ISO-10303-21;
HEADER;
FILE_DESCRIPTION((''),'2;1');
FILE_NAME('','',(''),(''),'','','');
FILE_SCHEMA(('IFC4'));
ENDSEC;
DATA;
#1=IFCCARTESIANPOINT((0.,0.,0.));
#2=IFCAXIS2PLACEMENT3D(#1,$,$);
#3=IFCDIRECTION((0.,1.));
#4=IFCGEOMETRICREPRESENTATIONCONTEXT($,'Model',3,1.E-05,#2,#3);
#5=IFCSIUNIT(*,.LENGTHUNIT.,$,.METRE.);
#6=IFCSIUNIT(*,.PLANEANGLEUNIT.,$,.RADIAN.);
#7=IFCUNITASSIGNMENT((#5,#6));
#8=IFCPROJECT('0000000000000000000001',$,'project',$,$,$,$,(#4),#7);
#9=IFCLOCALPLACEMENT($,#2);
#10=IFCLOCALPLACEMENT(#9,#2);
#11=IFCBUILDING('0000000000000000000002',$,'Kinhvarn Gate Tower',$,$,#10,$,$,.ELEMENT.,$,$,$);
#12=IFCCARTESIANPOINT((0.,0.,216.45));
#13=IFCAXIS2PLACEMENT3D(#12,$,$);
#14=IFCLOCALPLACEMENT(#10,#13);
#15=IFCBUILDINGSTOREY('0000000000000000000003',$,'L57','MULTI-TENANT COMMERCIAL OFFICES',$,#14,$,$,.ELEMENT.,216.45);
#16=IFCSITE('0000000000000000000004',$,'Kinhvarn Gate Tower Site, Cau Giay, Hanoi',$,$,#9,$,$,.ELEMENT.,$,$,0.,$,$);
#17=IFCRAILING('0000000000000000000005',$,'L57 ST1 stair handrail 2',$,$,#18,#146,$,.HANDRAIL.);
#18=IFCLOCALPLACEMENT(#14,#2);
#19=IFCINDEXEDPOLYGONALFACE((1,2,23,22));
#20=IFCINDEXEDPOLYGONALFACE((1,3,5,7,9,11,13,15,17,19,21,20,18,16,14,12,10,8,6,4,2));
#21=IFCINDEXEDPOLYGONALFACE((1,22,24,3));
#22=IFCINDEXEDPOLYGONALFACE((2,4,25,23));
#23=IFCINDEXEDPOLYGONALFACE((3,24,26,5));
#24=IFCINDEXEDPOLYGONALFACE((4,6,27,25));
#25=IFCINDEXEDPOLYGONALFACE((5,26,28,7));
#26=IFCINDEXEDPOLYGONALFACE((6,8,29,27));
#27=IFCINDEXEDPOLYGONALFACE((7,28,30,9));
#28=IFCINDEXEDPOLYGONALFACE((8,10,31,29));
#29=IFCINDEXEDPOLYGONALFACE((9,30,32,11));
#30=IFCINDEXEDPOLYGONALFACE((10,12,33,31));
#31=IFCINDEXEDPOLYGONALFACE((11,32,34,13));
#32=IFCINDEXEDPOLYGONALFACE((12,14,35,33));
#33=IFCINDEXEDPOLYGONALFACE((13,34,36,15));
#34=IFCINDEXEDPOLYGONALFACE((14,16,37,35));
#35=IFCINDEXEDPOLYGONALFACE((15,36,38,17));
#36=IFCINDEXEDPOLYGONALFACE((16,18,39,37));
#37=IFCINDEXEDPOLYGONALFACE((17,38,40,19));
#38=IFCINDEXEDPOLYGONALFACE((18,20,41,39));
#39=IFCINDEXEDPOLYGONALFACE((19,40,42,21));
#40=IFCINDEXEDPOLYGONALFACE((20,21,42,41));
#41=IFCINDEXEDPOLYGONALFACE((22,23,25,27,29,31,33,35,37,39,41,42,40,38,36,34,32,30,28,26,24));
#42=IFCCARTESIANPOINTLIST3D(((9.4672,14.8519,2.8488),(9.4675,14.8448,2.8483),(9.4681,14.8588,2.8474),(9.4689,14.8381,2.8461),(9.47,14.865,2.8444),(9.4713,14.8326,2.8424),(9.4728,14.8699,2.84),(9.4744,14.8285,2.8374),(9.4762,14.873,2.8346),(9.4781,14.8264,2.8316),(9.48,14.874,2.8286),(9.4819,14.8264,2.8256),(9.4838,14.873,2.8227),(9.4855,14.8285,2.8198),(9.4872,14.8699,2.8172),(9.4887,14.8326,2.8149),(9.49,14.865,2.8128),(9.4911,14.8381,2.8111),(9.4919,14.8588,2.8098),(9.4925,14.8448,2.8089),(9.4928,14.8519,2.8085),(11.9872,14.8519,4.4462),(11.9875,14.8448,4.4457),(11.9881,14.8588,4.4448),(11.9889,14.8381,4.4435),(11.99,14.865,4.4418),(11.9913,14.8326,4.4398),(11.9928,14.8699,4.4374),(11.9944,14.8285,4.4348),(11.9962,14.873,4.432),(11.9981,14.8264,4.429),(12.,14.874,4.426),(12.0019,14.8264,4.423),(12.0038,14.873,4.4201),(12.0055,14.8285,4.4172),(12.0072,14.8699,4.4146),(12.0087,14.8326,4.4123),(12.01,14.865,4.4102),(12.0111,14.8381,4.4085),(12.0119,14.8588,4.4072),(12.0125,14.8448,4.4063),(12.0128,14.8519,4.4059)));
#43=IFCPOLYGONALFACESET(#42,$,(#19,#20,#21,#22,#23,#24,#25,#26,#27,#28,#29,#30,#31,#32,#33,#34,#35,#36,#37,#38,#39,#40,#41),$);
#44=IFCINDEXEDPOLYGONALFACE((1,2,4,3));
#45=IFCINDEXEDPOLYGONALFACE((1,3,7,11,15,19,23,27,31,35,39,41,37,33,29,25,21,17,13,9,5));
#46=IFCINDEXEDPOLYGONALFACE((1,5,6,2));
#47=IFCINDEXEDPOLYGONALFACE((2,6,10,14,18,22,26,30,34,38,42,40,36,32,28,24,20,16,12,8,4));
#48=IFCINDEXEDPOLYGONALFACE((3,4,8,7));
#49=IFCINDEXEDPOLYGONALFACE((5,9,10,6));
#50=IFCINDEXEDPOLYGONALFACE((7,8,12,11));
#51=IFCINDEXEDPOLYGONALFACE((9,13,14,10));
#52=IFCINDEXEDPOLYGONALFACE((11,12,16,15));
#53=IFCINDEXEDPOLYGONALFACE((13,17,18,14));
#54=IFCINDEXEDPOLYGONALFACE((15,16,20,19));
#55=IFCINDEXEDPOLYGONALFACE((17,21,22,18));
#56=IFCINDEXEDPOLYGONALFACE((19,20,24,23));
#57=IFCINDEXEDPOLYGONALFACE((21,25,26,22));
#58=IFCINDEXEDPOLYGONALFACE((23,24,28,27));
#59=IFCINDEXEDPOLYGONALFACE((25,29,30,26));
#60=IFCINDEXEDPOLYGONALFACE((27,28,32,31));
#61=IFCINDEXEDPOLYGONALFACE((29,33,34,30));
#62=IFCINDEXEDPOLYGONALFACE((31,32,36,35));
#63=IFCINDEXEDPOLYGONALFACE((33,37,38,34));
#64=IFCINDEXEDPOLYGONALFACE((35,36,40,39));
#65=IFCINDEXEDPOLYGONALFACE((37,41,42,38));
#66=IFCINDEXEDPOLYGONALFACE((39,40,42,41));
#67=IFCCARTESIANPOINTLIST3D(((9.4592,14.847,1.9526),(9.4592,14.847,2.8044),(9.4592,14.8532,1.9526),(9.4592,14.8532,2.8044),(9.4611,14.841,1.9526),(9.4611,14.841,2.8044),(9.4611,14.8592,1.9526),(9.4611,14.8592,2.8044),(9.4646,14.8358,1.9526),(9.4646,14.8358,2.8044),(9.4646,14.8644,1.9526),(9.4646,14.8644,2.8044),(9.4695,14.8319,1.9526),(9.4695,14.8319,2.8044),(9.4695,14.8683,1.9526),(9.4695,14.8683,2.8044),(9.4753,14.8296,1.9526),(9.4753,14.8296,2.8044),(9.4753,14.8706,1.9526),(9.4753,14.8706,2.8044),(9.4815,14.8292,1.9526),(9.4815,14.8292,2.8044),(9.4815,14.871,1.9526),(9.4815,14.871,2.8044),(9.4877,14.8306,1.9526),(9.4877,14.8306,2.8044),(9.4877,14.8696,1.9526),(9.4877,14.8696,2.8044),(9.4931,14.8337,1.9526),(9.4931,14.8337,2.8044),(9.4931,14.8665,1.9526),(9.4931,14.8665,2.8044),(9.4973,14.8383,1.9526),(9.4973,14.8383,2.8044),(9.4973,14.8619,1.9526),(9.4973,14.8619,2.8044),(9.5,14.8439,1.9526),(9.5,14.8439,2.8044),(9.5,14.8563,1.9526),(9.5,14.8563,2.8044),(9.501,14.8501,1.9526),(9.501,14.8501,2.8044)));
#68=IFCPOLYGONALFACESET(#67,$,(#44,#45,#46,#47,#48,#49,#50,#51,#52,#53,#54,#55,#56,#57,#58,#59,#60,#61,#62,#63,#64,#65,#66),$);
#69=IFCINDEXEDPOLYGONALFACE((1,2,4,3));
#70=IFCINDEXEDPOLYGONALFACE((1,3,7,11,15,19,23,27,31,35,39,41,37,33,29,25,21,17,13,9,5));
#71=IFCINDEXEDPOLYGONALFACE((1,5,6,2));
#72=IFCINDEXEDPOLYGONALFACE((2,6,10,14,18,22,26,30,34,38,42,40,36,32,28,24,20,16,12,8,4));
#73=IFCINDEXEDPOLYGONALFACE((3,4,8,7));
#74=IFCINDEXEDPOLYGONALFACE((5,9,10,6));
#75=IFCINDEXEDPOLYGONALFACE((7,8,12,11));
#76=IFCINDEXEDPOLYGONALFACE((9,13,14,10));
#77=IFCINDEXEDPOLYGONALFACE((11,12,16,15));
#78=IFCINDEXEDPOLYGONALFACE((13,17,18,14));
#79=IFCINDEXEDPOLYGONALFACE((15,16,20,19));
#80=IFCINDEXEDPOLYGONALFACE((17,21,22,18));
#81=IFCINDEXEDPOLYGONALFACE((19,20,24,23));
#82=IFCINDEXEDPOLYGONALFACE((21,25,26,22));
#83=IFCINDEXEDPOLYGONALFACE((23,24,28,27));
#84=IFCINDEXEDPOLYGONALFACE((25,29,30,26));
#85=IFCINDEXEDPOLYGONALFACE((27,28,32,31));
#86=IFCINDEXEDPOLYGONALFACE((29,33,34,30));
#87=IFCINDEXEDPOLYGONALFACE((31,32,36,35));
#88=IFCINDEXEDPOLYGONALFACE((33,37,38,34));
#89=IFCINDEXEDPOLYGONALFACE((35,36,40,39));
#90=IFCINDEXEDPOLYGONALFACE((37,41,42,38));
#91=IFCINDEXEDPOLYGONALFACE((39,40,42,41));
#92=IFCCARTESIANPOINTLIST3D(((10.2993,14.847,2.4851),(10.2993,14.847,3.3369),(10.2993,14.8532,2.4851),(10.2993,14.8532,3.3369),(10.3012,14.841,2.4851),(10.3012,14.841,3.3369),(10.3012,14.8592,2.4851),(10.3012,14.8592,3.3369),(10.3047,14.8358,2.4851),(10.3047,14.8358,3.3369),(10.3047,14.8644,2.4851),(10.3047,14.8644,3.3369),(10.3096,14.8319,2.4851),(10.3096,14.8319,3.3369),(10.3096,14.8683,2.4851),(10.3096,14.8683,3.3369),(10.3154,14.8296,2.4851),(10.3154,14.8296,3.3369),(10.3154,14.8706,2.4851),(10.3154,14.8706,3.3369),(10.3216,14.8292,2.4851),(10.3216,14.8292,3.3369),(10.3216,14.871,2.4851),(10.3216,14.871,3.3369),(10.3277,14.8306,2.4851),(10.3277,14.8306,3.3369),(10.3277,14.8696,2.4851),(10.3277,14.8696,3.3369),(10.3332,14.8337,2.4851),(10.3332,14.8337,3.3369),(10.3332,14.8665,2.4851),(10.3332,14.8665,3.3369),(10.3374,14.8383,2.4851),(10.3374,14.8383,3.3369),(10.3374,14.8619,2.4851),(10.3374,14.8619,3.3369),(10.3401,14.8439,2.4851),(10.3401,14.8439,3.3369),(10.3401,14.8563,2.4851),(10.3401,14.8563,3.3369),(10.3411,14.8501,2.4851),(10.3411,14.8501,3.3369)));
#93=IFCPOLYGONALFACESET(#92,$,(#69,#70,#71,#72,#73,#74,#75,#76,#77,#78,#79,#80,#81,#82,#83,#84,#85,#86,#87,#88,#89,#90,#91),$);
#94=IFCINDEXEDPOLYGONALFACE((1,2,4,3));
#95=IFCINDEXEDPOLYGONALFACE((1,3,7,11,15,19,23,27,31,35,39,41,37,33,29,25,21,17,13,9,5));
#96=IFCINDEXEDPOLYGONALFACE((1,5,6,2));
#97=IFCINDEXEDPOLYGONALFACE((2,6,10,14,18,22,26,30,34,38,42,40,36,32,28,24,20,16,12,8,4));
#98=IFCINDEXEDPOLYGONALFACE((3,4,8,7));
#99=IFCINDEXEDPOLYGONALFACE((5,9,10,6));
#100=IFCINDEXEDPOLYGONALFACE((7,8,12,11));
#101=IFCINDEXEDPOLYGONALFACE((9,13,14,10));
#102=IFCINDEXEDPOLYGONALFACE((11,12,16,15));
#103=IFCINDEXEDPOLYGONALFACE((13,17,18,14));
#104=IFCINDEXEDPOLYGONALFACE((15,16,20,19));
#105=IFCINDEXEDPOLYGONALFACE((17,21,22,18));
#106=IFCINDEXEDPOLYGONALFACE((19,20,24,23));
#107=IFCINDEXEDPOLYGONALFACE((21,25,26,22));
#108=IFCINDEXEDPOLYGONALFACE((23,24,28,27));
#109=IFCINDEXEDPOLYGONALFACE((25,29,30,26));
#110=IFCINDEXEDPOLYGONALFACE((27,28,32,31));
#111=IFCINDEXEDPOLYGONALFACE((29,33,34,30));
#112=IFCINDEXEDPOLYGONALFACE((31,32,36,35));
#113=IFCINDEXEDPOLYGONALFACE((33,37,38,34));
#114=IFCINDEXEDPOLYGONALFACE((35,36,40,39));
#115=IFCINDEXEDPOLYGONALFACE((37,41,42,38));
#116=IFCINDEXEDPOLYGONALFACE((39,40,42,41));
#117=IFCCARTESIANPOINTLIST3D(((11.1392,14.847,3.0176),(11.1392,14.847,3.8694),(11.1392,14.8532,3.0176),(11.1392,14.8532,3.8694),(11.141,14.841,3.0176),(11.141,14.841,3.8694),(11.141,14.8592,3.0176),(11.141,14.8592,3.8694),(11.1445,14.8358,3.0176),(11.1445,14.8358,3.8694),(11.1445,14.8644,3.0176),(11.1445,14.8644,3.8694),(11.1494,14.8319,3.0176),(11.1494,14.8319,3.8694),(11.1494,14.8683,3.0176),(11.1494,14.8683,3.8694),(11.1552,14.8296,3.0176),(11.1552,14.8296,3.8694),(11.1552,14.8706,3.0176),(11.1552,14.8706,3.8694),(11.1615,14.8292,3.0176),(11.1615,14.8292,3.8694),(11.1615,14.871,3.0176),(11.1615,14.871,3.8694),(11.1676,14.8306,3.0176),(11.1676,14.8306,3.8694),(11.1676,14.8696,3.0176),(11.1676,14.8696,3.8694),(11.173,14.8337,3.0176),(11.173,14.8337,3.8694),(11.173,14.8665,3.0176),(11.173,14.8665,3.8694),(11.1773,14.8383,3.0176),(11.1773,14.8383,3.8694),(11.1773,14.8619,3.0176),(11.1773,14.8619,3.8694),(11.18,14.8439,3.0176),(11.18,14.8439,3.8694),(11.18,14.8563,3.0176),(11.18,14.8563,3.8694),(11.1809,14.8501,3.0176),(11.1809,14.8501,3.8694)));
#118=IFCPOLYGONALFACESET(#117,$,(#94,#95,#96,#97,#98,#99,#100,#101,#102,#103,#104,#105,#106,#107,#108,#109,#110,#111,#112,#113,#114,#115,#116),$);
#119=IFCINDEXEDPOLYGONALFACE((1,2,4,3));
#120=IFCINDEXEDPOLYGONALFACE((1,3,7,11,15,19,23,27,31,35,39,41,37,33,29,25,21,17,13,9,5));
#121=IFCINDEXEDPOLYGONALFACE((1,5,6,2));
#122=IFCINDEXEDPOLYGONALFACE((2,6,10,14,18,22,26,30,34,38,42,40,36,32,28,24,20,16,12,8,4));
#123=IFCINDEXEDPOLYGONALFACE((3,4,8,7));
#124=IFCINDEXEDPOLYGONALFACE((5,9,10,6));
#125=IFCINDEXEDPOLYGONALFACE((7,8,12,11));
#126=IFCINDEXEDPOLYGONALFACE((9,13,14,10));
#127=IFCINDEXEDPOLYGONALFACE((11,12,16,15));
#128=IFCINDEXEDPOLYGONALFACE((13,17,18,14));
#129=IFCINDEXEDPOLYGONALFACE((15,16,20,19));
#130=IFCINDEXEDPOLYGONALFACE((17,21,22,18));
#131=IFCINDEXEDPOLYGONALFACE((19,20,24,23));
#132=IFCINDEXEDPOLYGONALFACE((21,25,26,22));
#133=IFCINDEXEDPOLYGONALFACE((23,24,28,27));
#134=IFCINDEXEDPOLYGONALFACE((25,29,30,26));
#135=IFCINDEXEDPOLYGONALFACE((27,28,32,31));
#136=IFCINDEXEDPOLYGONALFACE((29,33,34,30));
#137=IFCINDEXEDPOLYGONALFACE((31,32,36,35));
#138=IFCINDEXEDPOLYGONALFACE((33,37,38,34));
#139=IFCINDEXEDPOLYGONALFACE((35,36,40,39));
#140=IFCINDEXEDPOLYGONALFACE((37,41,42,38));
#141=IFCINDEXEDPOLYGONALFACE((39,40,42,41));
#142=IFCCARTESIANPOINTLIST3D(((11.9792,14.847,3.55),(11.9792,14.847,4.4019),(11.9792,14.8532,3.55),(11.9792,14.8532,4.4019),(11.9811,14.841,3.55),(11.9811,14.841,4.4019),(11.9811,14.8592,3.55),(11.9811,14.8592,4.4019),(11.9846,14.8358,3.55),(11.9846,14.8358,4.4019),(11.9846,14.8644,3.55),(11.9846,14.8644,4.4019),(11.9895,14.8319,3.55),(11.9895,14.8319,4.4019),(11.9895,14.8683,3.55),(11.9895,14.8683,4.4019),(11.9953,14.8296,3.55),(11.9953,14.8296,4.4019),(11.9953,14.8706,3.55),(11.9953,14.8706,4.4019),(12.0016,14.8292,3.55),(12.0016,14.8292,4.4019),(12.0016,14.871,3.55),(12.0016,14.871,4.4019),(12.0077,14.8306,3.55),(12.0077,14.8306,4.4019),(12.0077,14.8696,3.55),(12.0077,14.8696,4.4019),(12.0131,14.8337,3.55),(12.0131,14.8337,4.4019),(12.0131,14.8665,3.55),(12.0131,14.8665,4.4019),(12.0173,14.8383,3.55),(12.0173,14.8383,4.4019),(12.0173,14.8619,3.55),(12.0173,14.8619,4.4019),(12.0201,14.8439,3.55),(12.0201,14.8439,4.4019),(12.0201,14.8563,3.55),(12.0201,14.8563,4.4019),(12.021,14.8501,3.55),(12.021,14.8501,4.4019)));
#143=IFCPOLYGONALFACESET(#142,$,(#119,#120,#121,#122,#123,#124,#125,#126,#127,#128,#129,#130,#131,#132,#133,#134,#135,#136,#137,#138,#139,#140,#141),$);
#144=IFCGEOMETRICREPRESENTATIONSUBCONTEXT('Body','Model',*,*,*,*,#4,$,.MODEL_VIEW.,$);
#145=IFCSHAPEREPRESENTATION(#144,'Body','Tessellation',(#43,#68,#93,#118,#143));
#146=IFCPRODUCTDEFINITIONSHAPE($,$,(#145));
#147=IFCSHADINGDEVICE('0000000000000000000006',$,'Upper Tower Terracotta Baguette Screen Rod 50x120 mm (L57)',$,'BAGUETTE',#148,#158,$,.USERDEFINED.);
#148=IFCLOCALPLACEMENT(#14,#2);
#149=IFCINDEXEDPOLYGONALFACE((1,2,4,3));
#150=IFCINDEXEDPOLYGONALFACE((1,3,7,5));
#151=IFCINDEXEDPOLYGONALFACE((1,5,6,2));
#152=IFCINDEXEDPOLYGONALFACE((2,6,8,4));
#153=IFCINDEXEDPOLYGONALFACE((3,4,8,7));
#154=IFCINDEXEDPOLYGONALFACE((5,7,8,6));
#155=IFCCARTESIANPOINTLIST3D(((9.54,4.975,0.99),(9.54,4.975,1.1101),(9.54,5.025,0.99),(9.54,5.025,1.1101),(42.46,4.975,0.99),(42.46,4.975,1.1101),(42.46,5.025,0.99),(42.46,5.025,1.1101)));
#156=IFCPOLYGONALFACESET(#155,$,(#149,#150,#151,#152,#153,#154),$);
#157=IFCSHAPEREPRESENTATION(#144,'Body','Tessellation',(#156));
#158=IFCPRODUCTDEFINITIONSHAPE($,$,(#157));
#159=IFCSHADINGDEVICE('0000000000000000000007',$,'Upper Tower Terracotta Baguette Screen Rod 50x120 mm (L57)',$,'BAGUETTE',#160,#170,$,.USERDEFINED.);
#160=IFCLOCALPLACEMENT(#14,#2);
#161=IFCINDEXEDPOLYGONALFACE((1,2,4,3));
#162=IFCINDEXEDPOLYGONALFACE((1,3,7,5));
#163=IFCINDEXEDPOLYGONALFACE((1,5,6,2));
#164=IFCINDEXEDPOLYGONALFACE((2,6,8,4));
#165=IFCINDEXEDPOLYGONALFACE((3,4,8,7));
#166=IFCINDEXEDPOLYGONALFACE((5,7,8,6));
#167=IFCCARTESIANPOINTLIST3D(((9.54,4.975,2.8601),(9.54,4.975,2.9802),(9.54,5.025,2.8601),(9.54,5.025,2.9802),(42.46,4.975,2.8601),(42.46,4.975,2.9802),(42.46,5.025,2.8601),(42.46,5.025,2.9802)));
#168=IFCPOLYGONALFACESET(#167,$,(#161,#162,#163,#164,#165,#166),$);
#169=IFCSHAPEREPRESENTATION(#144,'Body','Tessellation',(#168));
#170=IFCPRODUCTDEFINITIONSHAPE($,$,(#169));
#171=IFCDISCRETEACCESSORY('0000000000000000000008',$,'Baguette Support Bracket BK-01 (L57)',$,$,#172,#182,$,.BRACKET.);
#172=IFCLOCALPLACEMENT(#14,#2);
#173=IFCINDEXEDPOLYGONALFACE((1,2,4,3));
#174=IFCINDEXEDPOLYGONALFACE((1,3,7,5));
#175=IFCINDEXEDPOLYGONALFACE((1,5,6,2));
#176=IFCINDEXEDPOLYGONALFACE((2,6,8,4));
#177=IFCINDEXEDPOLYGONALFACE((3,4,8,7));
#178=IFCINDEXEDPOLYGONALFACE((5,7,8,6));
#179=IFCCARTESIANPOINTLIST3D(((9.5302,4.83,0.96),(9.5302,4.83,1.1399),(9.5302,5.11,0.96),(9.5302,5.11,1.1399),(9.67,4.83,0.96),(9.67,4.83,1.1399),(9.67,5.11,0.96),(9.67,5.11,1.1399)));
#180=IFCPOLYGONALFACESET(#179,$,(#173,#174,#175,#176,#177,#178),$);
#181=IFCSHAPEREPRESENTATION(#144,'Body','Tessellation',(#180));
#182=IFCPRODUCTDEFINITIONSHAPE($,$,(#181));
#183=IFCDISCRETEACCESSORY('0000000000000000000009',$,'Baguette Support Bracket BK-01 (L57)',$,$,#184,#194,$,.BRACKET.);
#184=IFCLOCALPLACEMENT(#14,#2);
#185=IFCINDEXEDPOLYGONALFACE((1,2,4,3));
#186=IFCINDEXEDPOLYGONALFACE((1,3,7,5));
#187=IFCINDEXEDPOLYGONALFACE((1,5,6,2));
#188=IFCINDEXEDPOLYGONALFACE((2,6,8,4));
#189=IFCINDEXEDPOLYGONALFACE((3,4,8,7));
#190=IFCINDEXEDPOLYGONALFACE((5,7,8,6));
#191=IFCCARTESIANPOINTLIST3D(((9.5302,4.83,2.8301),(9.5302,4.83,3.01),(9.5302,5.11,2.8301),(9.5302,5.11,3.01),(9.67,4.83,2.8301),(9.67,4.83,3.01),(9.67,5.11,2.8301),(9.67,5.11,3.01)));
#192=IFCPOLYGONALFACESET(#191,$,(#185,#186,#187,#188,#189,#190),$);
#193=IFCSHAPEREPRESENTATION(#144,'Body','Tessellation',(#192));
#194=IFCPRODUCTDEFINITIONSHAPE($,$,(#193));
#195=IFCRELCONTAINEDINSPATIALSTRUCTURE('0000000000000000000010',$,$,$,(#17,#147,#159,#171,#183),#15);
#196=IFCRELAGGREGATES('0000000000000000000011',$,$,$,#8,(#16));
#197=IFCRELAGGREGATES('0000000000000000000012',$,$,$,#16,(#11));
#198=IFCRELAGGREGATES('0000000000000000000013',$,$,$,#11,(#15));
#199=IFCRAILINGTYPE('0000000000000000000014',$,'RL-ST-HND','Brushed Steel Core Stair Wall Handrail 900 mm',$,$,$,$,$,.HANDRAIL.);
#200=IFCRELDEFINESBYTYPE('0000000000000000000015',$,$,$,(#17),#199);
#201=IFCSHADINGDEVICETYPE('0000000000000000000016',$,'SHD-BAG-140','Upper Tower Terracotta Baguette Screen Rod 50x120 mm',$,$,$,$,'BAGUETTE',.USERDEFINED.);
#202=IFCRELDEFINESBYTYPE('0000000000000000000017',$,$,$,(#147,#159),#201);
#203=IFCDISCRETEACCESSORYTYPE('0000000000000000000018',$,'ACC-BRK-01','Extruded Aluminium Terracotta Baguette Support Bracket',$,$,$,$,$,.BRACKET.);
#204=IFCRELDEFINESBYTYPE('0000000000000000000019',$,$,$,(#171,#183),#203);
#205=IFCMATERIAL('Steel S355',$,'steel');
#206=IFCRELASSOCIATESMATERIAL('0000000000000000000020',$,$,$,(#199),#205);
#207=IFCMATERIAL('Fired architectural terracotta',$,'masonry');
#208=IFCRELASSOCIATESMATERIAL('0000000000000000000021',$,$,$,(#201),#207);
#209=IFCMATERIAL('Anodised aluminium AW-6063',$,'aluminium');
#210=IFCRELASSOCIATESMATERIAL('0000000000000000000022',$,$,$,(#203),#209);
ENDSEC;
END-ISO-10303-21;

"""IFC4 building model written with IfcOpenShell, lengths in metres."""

from ifc_helpers import new_model, si_unit, direction, frame, origin, origin_2d, place, context, subcontext, project, spatial, rectangle, circle, extrude, material, material_profile, profile_set, type_object, element, save


model = new_model("IFC4")

# Units and contexts
model_context = context("Model", 3, precision=1e-05, world=origin(), true_north=direction((0.0, 1.0)))
body_context = subcontext(model_context, "Body", "Model", "MODEL_VIEW")
ifc_project = project(units=[si_unit("LENGTHUNIT", "METRE"), si_unit("PLANEANGLEUNIT", "RADIAN")], contexts=[model_context])

# Site, building, storey
site_placement = place(None, origin())
site = spatial("IfcSite", under=ifc_project, at=site_placement, Name="Kinhvarn Gate Tower Site, Cau Giay, Hanoi", CompositionType="ELEMENT", RefElevation=0.0)
building_placement = place(site_placement, origin())
building = spatial("IfcBuilding", under=site, at=building_placement, Name="Kinhvarn Gate Tower", CompositionType="ELEMENT")
storey_placement = place(building_placement, frame((0.0, 0.0, 216.45)))
storey = spatial("IfcBuildingStorey", under=building, at=storey_placement, Name="L57", Description="MULTI-TENANT COMMERCIAL OFFICES", CompositionType="ELEMENT", Elevation=216.45)

# Shared definitions
ifc_material_1 = material(Name="Anodised aluminium AW-6063", Category="aluminium")

# Shared definitions
ifc_material_2 = material(Name="Steel S355", Category="steel")

# Shared definitions
ifc_material_3 = material(Name="Fired architectural terracotta", Category="masonry")

# Railing
railing_type_1 = type_object("IfcRailingType", Name="RL-ST-HND", Description="Brushed Steel Core Stair Wall Handrail 900 mm", PredefinedType="HANDRAIL", material=ifc_material_2)
railing_1_placement = place(storey_placement, frame((9.48, 14.8501, 1.9526)))
element("IfcRailing", 1, at=railing_1_placement, inside=storey, type_object=railing_type_1, Name="L57 ST1 stair handrail 2", PredefinedType="HANDRAIL", context=body_context, shape_type="SweptSolid", body=[
    extrude(circle(Radius=0.0239, at=origin_2d()), frame((0.0, 0.0, 0.876), z_axis=(0.844607, 0.0, 0.535387), x_axis=(0.0, 1.0, 0.0)), (0.0, 0.0, 1.0), 2.9836),
    extrude(circle(Radius=0.021, at=origin_2d()), origin(), (0.0, 0.0, 1.0), 0.8518),
    extrude(circle(Radius=0.021, at=origin_2d()), frame((0.8401, 0.0, 0.5325)), (0.0, 0.0, 1.0), 0.8518),
    extrude(circle(Radius=0.021, at=origin_2d()), frame((1.6799, 0.0, 1.0649)), (0.0, 0.0, 1.0), 0.8518),
    extrude(circle(Radius=0.021, at=origin_2d()), frame((2.52, 0.0, 1.5974)), (0.0, 0.0, 1.0), 0.8518),
])

# Shading devices
ifc_material_profile_1 = material_profile(ifc_material_3, rectangle(XDim=0.05, YDim=0.1201, at=origin_2d()), Name="TC 50x120")
ifc_profile_set_1 = profile_set([ifc_material_profile_1], Name="Fired architectural terracotta")
shading_device_type = type_object("IfcShadingDeviceType", Name="SHD-BAG-140", Description="Upper Tower Terracotta Baguette Screen Rod 50x120 mm", ElementType="BAGUETTE", PredefinedType="USERDEFINED", material=ifc_profile_set_1)
for number, where, z_axis, x_axis, name in (
    (2, (9.54, 5.0, 1.05), (1.0, 0.0, 0.0), (0.0, 1.0, 0.0), "Upper Tower Terracotta Baguette Screen Rod 50x120 mm (L57)"),
    (3, (9.54, 5.0, 2.9202), (1.0, 0.0, 0.0), (0.0, 1.0, 0.0), "Upper Tower Terracotta Baguette Screen Rod 50x120 mm (L57)"),
):
    element("IfcShadingDevice", number, at=place(storey_placement, frame(where, z_axis=z_axis, x_axis=x_axis)), inside=storey, type_object=shading_device_type, Name=name, ObjectType="BAGUETTE", PredefinedType="USERDEFINED", context=body_context, shape_type="SweptSolid", body=[
        extrude(rectangle(XDim=0.05, YDim=0.1201, at=origin_2d()), origin(), (0.0, 0.0, 1.0), 32.9199),
    ])

# Discrete accessories
discrete_accessory_type = type_object("IfcDiscreteAccessoryType", Name="ACC-BRK-01", Description="Extruded Aluminium Terracotta Baguette Support Bracket", PredefinedType="BRACKET", material=ifc_material_1)
for number, where, z_axis, x_axis, name in (
    (4, (9.6001, 4.97, 0.96), (0.0, 0.0, 1.0), (1.0, 0.0, 0.0), "Baguette Support Bracket BK-01 (L57)"),
    (5, (9.6001, 4.97, 2.8301), (0.0, 0.0, 1.0), (1.0, 0.0, 0.0), "Baguette Support Bracket BK-01 (L57)"),
):
    element("IfcDiscreteAccessory", number, at=place(storey_placement, frame(where, z_axis=z_axis, x_axis=x_axis)), inside=storey, type_object=discrete_accessory_type, Name=name, PredefinedType="BRACKET", context=body_context, shape_type="SweptSolid", body=[
        extrude(rectangle(XDim=0.1399, YDim=0.28, at=origin_2d()), origin(), (0.0, 0.0, 1.0), 0.1799),
    ])

save(model, "model.ifc")
